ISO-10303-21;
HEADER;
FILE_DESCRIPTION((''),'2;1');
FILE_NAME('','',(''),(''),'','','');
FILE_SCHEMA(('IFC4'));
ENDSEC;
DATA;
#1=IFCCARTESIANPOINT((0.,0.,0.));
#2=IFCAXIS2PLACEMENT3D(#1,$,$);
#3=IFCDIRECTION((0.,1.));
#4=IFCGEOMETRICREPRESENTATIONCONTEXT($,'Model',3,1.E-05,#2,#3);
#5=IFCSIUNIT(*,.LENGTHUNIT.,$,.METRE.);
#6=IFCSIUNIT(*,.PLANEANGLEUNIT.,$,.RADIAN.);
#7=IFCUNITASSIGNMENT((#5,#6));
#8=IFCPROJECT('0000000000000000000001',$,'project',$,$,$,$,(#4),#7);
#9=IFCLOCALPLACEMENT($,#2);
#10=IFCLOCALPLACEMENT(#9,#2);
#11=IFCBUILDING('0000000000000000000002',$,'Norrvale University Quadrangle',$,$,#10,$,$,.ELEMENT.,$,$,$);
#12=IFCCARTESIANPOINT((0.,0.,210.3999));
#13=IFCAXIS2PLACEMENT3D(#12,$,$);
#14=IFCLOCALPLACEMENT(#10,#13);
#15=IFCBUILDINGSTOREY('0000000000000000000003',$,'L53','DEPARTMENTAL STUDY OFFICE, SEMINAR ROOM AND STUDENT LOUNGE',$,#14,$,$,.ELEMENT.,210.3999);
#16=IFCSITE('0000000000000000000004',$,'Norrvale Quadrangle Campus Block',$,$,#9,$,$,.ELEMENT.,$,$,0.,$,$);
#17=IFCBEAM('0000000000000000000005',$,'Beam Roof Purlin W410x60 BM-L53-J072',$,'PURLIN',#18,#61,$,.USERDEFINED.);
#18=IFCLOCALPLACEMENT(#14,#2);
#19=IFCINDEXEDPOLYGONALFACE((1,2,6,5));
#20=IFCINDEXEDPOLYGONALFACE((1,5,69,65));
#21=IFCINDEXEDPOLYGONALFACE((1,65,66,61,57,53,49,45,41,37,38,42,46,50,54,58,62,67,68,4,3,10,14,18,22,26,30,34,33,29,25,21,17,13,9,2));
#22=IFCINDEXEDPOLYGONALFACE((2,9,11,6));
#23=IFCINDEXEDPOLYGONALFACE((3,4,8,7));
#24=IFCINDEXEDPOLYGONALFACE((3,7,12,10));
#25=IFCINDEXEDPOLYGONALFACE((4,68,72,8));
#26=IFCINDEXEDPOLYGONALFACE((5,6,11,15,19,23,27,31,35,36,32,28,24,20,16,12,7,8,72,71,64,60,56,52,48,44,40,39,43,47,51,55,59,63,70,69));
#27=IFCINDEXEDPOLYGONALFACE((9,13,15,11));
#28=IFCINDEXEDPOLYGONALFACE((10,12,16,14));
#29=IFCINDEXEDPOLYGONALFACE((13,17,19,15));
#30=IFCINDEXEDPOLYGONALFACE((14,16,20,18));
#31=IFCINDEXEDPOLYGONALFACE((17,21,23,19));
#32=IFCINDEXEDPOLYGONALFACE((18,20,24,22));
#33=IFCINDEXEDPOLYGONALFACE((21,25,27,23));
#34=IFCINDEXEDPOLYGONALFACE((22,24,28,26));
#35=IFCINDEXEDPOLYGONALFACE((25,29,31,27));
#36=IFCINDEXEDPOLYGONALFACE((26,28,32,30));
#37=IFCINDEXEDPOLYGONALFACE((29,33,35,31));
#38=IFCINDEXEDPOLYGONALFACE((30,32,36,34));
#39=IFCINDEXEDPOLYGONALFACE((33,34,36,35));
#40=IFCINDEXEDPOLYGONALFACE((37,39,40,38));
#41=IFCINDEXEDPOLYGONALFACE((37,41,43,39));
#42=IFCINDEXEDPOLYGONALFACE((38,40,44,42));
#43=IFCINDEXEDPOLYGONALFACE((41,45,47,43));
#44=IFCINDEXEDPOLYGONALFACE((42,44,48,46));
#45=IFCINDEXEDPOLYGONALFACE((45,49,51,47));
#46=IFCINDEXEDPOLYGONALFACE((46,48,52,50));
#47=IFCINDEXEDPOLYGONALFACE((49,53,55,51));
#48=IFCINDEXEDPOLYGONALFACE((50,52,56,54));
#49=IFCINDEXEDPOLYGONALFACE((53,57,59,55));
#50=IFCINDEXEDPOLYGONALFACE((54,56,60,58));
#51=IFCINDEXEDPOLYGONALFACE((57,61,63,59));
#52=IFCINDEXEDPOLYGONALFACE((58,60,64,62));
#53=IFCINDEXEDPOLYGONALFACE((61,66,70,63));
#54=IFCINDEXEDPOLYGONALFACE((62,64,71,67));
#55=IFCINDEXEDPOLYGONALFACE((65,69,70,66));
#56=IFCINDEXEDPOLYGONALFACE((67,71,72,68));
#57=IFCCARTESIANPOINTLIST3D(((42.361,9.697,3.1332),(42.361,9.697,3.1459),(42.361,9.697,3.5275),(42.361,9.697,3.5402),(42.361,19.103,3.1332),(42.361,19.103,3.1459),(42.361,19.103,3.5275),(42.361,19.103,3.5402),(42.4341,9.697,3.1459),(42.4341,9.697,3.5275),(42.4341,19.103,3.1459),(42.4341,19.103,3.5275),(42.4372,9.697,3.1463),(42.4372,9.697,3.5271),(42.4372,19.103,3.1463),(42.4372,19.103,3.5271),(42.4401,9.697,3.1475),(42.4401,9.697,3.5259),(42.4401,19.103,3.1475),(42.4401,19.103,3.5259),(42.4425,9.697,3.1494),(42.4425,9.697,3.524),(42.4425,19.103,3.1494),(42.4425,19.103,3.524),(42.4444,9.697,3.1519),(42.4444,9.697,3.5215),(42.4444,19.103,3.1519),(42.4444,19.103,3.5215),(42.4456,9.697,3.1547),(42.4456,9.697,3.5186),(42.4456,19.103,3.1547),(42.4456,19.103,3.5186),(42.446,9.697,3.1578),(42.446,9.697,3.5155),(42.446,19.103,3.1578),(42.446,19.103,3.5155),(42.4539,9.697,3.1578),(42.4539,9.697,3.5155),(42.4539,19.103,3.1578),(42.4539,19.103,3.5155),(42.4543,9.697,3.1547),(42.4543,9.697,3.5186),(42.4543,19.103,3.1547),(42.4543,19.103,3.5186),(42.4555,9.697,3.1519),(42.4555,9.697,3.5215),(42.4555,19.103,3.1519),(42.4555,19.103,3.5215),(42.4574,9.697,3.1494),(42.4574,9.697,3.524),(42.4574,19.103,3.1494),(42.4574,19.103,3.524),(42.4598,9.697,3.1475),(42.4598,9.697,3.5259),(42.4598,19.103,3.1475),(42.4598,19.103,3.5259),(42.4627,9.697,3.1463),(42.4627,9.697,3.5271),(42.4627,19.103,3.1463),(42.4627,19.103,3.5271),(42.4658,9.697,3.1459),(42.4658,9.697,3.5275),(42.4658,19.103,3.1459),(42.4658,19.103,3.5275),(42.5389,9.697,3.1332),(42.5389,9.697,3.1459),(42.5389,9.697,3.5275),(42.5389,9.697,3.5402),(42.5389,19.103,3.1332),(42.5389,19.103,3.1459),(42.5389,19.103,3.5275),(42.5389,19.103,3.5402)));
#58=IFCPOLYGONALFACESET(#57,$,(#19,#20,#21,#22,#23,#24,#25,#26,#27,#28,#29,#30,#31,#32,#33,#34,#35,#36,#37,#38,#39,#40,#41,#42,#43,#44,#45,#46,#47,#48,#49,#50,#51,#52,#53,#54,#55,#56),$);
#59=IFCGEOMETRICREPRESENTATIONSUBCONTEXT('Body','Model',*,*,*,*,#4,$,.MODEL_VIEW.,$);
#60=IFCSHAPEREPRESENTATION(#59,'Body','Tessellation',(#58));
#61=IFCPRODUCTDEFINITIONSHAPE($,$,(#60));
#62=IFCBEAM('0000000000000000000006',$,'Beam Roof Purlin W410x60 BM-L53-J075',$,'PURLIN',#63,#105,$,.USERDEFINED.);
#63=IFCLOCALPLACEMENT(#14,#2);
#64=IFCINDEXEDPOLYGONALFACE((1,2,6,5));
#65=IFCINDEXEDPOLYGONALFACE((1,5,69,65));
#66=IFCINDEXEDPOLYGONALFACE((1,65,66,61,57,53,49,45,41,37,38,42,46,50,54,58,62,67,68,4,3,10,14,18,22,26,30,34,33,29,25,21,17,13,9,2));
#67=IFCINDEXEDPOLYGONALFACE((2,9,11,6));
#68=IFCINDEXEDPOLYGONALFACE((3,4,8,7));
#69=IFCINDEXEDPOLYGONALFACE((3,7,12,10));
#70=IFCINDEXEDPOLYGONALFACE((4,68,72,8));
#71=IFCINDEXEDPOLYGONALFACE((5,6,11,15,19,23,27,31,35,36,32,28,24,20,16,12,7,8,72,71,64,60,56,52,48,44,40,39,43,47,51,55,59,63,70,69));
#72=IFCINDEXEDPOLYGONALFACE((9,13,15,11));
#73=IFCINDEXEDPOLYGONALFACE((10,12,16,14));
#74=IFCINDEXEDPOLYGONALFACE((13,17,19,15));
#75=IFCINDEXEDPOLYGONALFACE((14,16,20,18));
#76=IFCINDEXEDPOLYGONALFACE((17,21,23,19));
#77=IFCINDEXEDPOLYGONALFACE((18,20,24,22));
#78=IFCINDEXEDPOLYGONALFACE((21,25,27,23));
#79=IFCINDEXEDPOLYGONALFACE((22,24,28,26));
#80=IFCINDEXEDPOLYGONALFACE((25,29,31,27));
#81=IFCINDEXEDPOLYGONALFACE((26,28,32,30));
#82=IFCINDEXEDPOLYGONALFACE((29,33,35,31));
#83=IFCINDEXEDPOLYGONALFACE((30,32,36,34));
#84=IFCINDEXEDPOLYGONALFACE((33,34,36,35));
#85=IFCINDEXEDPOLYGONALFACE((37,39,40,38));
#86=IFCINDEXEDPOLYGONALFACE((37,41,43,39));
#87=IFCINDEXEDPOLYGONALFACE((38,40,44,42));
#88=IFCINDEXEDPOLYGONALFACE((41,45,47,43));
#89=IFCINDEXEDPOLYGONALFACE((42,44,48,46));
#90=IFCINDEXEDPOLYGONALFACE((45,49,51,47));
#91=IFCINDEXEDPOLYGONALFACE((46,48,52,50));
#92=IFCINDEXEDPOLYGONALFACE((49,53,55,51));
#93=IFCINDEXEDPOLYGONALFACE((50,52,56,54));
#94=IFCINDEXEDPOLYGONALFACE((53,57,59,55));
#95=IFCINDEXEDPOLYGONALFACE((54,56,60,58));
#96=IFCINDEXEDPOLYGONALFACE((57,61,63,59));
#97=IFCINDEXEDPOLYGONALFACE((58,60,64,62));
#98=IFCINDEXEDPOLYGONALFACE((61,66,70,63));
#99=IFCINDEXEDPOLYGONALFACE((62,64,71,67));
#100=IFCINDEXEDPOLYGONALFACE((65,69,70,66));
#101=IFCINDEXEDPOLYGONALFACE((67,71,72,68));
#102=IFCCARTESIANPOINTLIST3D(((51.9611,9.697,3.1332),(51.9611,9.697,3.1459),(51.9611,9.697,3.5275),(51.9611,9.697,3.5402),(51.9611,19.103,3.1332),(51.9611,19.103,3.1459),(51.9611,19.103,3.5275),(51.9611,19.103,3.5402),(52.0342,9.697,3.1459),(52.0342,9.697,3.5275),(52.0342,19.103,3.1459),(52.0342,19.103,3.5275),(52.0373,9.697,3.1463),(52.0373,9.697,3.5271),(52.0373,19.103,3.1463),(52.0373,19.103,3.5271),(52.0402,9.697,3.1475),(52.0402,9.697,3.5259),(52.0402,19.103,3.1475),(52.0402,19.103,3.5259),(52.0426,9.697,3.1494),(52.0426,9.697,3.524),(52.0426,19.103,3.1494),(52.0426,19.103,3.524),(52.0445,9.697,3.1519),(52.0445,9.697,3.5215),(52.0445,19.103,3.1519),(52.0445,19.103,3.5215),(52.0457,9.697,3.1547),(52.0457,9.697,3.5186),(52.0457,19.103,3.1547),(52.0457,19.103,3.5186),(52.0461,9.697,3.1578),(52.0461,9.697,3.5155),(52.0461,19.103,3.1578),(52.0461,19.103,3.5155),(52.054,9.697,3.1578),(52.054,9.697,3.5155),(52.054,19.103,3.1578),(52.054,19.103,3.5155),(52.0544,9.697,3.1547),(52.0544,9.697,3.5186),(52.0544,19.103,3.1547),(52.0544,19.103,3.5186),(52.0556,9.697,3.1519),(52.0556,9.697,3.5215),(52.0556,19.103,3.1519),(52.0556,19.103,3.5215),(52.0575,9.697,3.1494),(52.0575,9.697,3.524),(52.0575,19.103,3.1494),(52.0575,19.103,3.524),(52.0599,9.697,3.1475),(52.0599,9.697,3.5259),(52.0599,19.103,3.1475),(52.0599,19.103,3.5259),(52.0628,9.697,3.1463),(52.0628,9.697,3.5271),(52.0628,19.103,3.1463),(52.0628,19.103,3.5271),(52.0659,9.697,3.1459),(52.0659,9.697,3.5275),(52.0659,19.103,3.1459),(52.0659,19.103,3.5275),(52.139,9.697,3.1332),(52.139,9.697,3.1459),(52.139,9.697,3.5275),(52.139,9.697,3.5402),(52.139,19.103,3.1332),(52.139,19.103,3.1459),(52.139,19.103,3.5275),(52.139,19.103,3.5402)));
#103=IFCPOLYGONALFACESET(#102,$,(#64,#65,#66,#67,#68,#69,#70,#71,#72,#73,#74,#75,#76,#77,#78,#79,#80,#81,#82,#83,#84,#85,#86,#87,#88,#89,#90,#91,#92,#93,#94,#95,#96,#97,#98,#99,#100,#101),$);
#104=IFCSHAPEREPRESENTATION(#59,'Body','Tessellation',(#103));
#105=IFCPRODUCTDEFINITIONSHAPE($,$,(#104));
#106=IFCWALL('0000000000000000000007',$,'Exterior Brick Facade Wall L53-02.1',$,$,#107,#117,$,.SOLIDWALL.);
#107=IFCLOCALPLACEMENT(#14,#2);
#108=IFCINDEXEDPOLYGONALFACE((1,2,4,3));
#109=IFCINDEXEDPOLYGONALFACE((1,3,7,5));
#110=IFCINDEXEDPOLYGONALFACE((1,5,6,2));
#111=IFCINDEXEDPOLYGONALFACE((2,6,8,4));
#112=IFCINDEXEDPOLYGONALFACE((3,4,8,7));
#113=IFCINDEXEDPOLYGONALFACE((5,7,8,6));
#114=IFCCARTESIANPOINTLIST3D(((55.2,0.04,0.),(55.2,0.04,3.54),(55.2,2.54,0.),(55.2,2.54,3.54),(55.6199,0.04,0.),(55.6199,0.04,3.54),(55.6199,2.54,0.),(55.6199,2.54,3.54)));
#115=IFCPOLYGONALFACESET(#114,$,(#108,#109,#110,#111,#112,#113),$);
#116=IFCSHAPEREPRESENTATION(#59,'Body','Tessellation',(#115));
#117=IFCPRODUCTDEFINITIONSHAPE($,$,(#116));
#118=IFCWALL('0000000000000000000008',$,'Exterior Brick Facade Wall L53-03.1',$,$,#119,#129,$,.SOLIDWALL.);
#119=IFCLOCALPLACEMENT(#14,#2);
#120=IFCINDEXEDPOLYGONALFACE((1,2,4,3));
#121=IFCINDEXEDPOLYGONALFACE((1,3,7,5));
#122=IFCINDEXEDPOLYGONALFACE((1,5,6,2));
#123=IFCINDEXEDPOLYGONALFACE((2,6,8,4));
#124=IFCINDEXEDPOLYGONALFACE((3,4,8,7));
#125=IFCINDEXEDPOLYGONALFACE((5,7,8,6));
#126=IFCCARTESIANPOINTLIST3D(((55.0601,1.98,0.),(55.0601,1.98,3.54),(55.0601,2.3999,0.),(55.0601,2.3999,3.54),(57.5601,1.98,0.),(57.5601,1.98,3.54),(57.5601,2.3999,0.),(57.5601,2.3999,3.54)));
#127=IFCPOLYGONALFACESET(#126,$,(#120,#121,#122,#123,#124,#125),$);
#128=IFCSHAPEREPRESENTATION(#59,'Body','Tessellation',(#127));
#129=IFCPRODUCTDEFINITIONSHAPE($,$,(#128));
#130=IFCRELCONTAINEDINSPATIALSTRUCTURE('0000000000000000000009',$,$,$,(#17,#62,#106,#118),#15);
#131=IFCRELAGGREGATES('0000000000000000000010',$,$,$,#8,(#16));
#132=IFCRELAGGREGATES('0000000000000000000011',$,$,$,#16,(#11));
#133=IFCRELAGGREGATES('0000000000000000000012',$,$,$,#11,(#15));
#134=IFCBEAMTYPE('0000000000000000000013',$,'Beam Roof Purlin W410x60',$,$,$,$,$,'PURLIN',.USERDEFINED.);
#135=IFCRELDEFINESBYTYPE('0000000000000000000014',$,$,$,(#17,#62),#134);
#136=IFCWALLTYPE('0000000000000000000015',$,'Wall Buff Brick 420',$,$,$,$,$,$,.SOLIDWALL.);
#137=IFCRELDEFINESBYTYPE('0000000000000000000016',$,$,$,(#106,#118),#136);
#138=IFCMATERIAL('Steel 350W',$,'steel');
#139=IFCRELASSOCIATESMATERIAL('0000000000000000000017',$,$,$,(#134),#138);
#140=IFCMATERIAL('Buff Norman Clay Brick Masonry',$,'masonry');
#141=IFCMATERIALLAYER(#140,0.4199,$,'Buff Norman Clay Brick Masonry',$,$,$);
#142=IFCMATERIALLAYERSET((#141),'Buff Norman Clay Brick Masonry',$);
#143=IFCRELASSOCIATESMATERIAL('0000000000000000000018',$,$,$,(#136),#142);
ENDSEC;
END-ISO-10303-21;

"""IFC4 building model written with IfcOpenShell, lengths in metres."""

from ifc_helpers import new_model, si_unit, direction, frame, frame_2d, origin, origin_2d, place, context, subcontext, project, spatial, rectangle, i_section, extrude, material, layer, layer_set, material_profile, profile_set, type_object, element, save


model = new_model("IFC4")

# Units and contexts
model_context = context("Model", 3, precision=1e-05, world=origin(), true_north=direction((0.0, 1.0)))
body_context = subcontext(model_context, "Body", "Model", "MODEL_VIEW")
ifc_project = project(units=[si_unit("LENGTHUNIT", "METRE"), si_unit("PLANEANGLEUNIT", "RADIAN")], contexts=[model_context])

# Site, building, storey
site_placement = place(None, origin())
site = spatial("IfcSite", under=ifc_project, at=site_placement, Name="Norrvale Quadrangle Campus Block", CompositionType="ELEMENT", RefElevation=0.0)
building_placement = place(site_placement, origin())
building = spatial("IfcBuilding", under=site, at=building_placement, Name="Norrvale University Quadrangle", CompositionType="ELEMENT")
storey_placement = place(building_placement, frame((0.0, 0.0, 210.3999)))
storey = spatial("IfcBuildingStorey", under=building, at=storey_placement, Name="L53", Description="DEPARTMENTAL STUDY OFFICE, SEMINAR ROOM AND STUDENT LOUNGE", CompositionType="ELEMENT", Elevation=210.3999)

# Beams
ifc_material_1 = material(Name="Steel 350W", Category="steel")
ifc_material_profile_1 = material_profile(ifc_material_1, i_section(OverallWidth=0.178, OverallDepth=0.407, WebThickness=0.0078, FlangeThickness=0.0127, FilletRadius=0.012, at=origin_2d()), Name="Steel 350W")
ifc_profile_set_1 = profile_set([ifc_material_profile_1], Name="Steel 350W")
beam_type_1 = type_object("IfcBeamType", Name="Beam Roof Purlin W410x60", ElementType="PURLIN", PredefinedType="USERDEFINED", material=ifc_profile_set_1)
for number, where, z_axis, x_axis, name in (
    (1, (42.45, 9.697, 3.3367), (0.0, 1.0, 0.0), (-1.0, 0.0, 0.0), "Beam Roof Purlin W410x60 BM-L53-J072"),
    (2, (52.05, 9.697, 3.3367), (0.0, 1.0, 0.0), (-1.0, 0.0, 0.0), "Beam Roof Purlin W410x60 BM-L53-J075"),
):
    element("IfcBeam", number, at=place(storey_placement, frame(where, z_axis=z_axis, x_axis=x_axis)), inside=storey, type_object=beam_type_1, Name=name, ObjectType="PURLIN", PredefinedType="USERDEFINED", context=body_context, shape_type="SweptSolid", body=[
        extrude(i_section(OverallWidth=0.178, OverallDepth=0.407, WebThickness=0.0078, FlangeThickness=0.0127, FilletRadius=0.012, at=origin_2d()), origin(), (0.0, 0.0, 1.0), 9.406),
    ])

# Walls
ifc_material_2 = material(Name="Buff Norman Clay Brick Masonry", Category="masonry")
ifc_layer_1 = layer(ifc_material_2, 0.4199, Name="Buff Norman Clay Brick Masonry")
ifc_layer_set_1 = layer_set([ifc_layer_1], Name="Buff Norman Clay Brick Masonry")
wall_type_1 = type_object("IfcWallType", Name="Wall Buff Brick 420", PredefinedType="SOLIDWALL", material=ifc_layer_set_1)
for number, where, z_axis, x_axis, name in (
    (3, (55.4099, 0.04, 0.0), (0.0, 0.0, 1.0), (0.0, 1.0, 0.0), "Exterior Brick Facade Wall L53-02.1"),
    (4, (55.0601, 2.1899, 0.0), (0.0, 0.0, 1.0), (1.0, 0.0, 0.0), "Exterior Brick Facade Wall L53-03.1"),
):
    element("IfcWall", number, at=place(storey_placement, frame(where, z_axis=z_axis, x_axis=x_axis)), inside=storey, type_object=wall_type_1, Name=name, PredefinedType="SOLIDWALL", context=body_context, shape_type="SweptSolid", body=[
        extrude(rectangle(XDim=2.5, YDim=0.4199, at=frame_2d((1.25, 0.0))), origin(), (0.0, 0.0, 1.0), 3.54),
    ])

save(model, "model.ifc")
